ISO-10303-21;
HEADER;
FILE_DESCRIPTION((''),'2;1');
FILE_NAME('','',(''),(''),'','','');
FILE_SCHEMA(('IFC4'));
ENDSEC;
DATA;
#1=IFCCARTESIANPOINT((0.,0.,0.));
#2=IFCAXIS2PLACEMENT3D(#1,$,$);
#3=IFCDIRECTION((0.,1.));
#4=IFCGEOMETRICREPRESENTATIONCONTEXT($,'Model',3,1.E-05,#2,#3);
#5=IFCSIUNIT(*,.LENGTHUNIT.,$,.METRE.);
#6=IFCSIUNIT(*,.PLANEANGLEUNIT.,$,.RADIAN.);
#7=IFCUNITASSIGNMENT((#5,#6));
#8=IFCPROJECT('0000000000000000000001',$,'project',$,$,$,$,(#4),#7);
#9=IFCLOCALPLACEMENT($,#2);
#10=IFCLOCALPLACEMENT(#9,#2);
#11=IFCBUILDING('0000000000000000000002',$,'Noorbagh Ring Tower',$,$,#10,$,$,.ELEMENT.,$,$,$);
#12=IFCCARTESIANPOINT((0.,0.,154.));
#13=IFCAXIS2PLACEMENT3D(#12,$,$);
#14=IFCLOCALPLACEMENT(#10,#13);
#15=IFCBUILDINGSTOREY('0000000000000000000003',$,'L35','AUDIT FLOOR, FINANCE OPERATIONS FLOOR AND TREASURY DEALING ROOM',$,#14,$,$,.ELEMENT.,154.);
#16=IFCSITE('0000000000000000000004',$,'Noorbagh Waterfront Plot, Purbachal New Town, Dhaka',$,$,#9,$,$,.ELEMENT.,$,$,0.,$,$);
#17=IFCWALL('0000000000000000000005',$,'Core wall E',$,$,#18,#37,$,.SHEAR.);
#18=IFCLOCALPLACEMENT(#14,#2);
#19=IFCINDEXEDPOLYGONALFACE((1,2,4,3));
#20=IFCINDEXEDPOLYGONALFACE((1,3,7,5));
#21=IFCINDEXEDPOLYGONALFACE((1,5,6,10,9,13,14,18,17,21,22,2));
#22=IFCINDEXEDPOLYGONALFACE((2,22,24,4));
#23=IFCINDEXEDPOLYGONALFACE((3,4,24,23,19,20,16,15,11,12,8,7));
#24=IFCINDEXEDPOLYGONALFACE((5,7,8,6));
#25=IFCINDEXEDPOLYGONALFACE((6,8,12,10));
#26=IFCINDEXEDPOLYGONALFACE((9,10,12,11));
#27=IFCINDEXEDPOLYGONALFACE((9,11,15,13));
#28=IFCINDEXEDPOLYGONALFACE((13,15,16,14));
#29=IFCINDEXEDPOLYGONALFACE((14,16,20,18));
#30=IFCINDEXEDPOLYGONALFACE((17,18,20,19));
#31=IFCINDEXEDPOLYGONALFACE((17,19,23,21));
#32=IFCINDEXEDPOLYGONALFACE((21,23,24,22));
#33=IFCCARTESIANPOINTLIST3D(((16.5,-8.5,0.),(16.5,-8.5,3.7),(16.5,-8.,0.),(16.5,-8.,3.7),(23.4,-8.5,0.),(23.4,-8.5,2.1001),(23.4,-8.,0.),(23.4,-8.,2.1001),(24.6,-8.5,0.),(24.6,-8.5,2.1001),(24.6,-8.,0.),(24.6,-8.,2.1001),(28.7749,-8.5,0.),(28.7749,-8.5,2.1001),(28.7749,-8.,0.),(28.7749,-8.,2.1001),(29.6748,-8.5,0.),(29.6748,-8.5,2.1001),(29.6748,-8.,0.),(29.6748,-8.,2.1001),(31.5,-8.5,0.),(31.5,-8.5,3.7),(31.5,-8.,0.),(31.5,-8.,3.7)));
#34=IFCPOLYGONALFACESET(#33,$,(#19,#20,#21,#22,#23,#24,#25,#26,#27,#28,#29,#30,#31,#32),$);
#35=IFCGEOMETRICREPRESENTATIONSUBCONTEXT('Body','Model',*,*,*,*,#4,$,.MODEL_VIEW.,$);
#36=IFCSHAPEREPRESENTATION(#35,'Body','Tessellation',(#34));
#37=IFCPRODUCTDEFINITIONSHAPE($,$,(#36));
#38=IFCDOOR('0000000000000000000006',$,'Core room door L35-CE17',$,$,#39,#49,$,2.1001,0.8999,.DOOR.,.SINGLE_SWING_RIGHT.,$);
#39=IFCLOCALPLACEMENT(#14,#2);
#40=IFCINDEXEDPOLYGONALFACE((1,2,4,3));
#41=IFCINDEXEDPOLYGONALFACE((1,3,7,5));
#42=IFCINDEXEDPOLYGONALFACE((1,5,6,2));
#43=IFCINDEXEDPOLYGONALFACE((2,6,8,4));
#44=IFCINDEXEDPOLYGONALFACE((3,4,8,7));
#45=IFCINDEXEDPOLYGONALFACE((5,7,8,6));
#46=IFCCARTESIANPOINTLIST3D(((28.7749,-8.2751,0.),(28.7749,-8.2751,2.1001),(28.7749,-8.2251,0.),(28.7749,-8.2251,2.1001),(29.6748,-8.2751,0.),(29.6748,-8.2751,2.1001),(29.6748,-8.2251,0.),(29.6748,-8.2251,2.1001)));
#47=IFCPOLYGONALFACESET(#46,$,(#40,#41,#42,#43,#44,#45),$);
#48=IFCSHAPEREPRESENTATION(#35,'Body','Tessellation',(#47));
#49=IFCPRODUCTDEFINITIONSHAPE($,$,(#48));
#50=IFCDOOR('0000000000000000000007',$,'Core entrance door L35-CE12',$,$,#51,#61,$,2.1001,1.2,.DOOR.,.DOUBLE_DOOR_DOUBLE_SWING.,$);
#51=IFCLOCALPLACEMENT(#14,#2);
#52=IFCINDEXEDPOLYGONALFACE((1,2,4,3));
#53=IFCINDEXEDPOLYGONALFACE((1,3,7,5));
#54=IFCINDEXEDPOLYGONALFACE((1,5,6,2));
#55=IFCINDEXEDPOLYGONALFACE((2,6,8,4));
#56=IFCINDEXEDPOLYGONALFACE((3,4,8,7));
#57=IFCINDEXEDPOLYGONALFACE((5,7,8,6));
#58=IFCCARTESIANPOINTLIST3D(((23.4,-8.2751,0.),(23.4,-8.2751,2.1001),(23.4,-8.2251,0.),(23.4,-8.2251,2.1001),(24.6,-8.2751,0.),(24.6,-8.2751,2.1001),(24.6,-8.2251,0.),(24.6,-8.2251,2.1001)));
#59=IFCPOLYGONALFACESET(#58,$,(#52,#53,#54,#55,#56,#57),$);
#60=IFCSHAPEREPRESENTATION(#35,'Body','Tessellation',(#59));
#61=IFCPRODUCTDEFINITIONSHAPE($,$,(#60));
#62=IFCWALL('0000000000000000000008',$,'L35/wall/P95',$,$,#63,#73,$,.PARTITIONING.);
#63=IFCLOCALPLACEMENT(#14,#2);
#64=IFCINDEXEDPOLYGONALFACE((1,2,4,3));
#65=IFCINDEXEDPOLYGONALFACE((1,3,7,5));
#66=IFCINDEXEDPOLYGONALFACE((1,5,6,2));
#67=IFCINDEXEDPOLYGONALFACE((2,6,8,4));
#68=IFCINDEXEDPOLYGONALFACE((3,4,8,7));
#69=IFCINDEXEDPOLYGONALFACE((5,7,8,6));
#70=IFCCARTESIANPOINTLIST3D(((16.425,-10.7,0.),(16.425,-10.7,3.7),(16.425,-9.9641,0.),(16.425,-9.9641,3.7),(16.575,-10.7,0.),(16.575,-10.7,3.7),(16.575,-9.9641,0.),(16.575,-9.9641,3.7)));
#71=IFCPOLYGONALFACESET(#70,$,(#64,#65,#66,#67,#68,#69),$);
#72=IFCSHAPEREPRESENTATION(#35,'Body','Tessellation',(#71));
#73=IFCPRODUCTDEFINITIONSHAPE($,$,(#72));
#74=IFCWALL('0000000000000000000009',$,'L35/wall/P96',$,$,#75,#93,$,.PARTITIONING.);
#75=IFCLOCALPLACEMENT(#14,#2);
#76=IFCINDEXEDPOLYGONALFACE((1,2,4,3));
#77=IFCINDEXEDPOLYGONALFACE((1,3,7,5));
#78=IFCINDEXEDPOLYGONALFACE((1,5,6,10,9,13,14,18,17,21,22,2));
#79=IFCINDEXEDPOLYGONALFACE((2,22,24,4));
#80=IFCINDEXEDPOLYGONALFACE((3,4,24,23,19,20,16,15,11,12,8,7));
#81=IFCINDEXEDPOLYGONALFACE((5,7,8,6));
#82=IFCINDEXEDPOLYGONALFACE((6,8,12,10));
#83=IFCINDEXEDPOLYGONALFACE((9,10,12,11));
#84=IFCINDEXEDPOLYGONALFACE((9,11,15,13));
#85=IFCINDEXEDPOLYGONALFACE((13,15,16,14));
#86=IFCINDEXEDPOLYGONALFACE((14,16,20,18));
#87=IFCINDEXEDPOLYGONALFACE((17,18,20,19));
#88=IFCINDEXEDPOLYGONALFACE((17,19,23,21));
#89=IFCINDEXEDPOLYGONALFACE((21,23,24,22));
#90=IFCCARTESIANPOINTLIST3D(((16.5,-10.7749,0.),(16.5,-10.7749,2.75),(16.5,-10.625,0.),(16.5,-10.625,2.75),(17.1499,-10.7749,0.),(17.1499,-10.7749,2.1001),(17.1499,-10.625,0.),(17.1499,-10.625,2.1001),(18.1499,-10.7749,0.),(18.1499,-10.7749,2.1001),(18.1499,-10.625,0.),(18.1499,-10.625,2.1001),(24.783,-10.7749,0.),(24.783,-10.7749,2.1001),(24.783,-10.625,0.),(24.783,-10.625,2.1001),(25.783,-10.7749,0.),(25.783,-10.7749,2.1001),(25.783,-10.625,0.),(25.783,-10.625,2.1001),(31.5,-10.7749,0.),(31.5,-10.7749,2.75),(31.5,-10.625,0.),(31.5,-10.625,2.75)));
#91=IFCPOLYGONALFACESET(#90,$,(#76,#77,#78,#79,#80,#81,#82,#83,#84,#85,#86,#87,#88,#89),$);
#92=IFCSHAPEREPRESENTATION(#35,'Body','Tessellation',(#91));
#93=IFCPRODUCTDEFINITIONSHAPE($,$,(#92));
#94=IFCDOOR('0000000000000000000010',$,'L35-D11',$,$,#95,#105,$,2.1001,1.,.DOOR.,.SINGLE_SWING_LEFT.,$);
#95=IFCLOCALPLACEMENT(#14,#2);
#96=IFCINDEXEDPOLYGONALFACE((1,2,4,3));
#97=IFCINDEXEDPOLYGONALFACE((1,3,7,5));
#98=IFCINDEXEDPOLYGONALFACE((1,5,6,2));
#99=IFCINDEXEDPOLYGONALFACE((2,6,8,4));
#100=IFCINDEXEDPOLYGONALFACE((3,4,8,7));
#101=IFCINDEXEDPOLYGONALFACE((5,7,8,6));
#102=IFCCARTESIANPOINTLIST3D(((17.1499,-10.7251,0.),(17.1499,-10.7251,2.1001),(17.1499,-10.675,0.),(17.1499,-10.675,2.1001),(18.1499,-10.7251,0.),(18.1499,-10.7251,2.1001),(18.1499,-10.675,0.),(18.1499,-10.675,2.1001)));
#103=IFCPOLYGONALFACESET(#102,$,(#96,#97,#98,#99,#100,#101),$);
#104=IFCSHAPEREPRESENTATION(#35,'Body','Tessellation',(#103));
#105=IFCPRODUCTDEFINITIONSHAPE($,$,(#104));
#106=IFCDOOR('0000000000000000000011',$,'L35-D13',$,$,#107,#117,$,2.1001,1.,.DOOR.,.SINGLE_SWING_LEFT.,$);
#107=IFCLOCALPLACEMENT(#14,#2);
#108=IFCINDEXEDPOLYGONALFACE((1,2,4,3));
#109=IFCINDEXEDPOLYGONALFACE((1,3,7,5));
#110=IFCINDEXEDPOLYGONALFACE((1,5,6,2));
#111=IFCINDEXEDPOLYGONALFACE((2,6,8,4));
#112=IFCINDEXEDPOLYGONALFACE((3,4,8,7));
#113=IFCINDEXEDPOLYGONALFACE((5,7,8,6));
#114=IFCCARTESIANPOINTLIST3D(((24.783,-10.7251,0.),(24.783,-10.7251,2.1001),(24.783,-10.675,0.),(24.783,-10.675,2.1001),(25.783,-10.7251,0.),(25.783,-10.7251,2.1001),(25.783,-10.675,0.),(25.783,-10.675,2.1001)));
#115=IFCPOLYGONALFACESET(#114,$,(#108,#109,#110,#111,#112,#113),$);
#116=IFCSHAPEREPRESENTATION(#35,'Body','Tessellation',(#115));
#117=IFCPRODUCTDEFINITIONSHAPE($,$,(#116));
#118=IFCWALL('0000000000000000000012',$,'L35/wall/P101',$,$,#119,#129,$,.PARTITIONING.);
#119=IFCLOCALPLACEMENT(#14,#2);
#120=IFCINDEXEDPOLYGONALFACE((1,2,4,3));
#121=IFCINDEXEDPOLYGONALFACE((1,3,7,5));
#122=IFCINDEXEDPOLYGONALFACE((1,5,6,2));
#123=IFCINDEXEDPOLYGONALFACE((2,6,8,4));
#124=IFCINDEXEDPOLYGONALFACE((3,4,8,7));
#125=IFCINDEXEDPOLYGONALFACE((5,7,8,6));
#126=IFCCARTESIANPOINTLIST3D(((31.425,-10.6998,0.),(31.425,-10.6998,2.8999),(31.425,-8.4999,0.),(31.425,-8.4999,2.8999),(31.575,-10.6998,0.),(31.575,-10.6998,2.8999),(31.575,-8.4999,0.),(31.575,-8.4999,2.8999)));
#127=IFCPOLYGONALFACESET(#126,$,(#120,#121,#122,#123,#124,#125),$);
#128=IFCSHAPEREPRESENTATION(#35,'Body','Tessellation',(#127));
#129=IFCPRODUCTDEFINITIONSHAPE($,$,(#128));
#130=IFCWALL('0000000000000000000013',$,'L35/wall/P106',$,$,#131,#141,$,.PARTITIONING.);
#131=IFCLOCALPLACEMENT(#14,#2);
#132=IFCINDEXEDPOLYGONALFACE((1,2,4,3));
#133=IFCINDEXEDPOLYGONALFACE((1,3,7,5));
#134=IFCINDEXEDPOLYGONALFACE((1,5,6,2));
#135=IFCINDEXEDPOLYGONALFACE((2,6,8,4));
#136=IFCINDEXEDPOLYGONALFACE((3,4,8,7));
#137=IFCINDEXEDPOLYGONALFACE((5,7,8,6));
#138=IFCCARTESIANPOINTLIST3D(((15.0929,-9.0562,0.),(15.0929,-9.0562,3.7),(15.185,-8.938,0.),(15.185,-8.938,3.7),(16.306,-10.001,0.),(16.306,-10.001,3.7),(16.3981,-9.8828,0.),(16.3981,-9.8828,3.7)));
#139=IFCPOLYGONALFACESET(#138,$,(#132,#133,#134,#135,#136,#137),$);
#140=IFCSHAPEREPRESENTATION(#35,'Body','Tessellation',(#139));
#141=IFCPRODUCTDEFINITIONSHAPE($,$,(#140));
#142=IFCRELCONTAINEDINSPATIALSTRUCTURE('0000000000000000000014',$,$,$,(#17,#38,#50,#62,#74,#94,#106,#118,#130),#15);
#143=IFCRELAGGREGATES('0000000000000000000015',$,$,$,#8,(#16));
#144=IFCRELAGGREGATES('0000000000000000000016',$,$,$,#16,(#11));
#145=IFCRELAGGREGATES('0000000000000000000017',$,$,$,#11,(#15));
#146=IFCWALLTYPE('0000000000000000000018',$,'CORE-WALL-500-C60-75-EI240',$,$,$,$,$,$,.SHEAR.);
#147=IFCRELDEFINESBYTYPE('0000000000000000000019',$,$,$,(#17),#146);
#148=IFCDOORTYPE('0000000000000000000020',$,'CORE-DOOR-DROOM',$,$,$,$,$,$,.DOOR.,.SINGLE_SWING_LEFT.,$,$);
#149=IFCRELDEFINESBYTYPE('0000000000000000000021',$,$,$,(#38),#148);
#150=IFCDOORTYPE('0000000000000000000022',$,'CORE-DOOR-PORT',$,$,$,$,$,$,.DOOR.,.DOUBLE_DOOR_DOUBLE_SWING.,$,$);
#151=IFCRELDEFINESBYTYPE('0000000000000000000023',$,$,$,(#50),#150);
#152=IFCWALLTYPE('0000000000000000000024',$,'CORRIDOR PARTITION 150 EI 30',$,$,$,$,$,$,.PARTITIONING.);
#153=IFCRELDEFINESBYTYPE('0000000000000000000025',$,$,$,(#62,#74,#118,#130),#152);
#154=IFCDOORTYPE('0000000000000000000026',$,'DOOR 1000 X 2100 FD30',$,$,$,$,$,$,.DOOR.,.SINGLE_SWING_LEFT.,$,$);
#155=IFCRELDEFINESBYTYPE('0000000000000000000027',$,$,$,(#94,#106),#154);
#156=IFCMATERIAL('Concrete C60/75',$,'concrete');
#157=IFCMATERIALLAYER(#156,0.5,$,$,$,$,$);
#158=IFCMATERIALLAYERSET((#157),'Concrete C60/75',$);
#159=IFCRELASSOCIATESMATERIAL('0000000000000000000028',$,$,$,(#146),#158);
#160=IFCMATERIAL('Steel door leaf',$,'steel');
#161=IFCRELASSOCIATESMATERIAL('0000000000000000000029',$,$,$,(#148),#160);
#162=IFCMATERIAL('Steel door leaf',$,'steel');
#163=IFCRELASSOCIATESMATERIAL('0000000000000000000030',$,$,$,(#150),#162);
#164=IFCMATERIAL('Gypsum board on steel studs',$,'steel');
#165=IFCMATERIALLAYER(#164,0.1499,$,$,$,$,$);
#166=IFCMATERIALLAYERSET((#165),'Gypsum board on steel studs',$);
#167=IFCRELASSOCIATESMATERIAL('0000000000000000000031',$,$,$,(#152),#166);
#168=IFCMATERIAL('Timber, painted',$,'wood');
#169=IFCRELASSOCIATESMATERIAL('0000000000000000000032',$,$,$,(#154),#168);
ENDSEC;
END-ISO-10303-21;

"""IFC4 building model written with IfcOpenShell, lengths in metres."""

from ifc_helpers import new_model, si_unit, direction, frame, frame_2d, origin, place, context, subcontext, project, spatial, rectangle, extrude, material, layer, layer_set, type_object, element, fill, save


model = new_model("IFC4")

# Units and contexts
model_context = context("Model", 3, precision=1e-05, world=origin(), true_north=direction((0.0, 1.0)))
body_context = subcontext(model_context, "Body", "Model", "MODEL_VIEW")
ifc_project = project(units=[si_unit("LENGTHUNIT", "METRE"), si_unit("PLANEANGLEUNIT", "RADIAN")], contexts=[model_context])

# Site, building, storey
site_placement = place(None, origin())
site = spatial("IfcSite", under=ifc_project, at=site_placement, Name="Noorbagh Waterfront Plot, Purbachal New Town, Dhaka", CompositionType="ELEMENT", RefElevation=0.0)
building_placement = place(site_placement, origin())
building = spatial("IfcBuilding", under=site, at=building_placement, Name="Noorbagh Ring Tower", CompositionType="ELEMENT")
storey_placement = place(building_placement, frame((0.0, 0.0, 154.0)))
storey = spatial("IfcBuildingStorey", under=building, at=storey_placement, Name="L35", Description="AUDIT FLOOR, FINANCE OPERATIONS FLOOR AND TREASURY DEALING ROOM", CompositionType="ELEMENT", Elevation=154.0)

# Wall, openings, doors
ifc_material_1 = material(Name="Concrete C60/75", Category="concrete")
ifc_layer_1 = layer(ifc_material_1, 0.5)
ifc_layer_set_1 = layer_set([ifc_layer_1], Name="Concrete C60/75")
wall_type_1 = type_object("IfcWallType", Name="CORE-WALL-500-C60-75-EI240", PredefinedType="SHEAR", material=ifc_layer_set_1)
wall_1_placement = place(storey_placement, frame((16.5, -8.25, 0.0), z_axis=(0.0, 0.0, 1.0), x_axis=(1.0, 0.0, 0.0)))
wall_1 = element("IfcWall", 1, at=wall_1_placement, inside=storey, type_object=wall_type_1, Name="Core wall E", PredefinedType="SHEAR", context=body_context, shape_type="SweptSolid", body=[
    extrude(rectangle(XDim=15.0, YDim=0.5, at=frame_2d((7.5, 0.0))), origin(), (0.0, 0.0, 1.0), 3.7),
])
opening_1_placement = place(wall_1_placement, frame((6.8999, 0.0, 0.0)))
opening_1 = element("IfcOpeningElement", 2, at=opening_1_placement, cuts=wall_1, PredefinedType="OPENING", context=body_context, shape_type="SweptSolid", body=[
    extrude(rectangle(XDim=1.2, YDim=2.1001, at=frame_2d((0.6001, 1.05))), frame((0.0, 0.26, 0.0), z_axis=(0.0, -1.0, 0.0), x_axis=(1.0, 0.0, 0.0)), (0.0, 0.0, 1.0), 0.52),
])
opening_2_placement = place(wall_1_placement, frame((12.2749, 0.0, 0.0)))
opening_2 = element("IfcOpeningElement", 3, at=opening_2_placement, cuts=wall_1, PredefinedType="OPENING", context=body_context, shape_type="SweptSolid", body=[
    extrude(rectangle(XDim=0.8999, YDim=2.1001, at=frame_2d((0.45, 1.05))), frame((0.0, 0.26, 0.0), z_axis=(0.0, -1.0, 0.0), x_axis=(1.0, 0.0, 0.0)), (0.0, 0.0, 1.0), 0.52),
])
ifc_material_2 = material(Name="Steel door leaf", Category="steel")
door_type_1 = type_object("IfcDoorType", Name="CORE-DOOR-DROOM", OperationType="SINGLE_SWING_LEFT", PredefinedType="DOOR", material=ifc_material_2)
door_1_placement = place(opening_2_placement, origin())
door_1 = element("IfcDoor", 4, at=door_1_placement, inside=storey, type_object=door_type_1, Name="Core room door L35-CE17", OperationType="SINGLE_SWING_RIGHT", OverallHeight=2.1001, OverallWidth=0.8999, PredefinedType="DOOR", context=body_context, shape_type="SweptSolid", body=[
    extrude(rectangle(XDim=0.8999, YDim=2.1001, at=frame_2d((0.45, 1.05))), frame((0.0, 0.0249, 0.0), z_axis=(0.0, -1.0, 0.0), x_axis=(1.0, 0.0, 0.0)), (0.0, 0.0, 1.0), 0.05),
])
fill(opening_2, door_1)
ifc_material_3 = material(Name="Steel door leaf", Category="steel")
door_type_2 = type_object("IfcDoorType", Name="CORE-DOOR-PORT", OperationType="DOUBLE_DOOR_DOUBLE_SWING", PredefinedType="DOOR", material=ifc_material_3)
door_2_placement = place(opening_1_placement, origin())
door_2 = element("IfcDoor", 5, at=door_2_placement, inside=storey, type_object=door_type_2, Name="Core entrance door L35-CE12", OperationType="DOUBLE_DOOR_DOUBLE_SWING", OverallHeight=2.1001, OverallWidth=1.2, PredefinedType="DOOR", context=body_context, shape_type="SweptSolid", body=[
    extrude(rectangle(XDim=1.2, YDim=2.1001, at=frame_2d((0.6001, 1.05))), frame((0.0, 0.0249, 0.0), z_axis=(0.0, -1.0, 0.0), x_axis=(1.0, 0.0, 0.0)), (0.0, 0.0, 1.0), 0.05),
])
fill(opening_1, door_2)

# Wall
ifc_material_4 = material(Name="Gypsum board on steel studs", Category="steel")
ifc_layer_2 = layer(ifc_material_4, 0.1499)
ifc_layer_set_2 = layer_set([ifc_layer_2], Name="Gypsum board on steel studs")
wall_type_2 = type_object("IfcWallType", Name="CORRIDOR PARTITION 150 EI 30", PredefinedType="PARTITIONING", material=ifc_layer_set_2)
wall_2_placement = place(storey_placement, frame((16.5, -10.7, 0.0), z_axis=(0.0, 0.0, 1.0), x_axis=(0.0, 1.0, 0.0)))
element("IfcWall", 6, at=wall_2_placement, inside=storey, type_object=wall_type_2, Name="L35/wall/P95", PredefinedType="PARTITIONING", context=body_context, shape_type="SweptSolid", body=[
    extrude(rectangle(XDim=0.7358, YDim=0.1499, at=frame_2d((0.3679, 0.0))), origin(), (0.0, 0.0, 1.0), 3.7),
])

# Wall, openings, doors
wall_3_placement = place(storey_placement, frame((16.5, -10.7, 0.0), z_axis=(0.0, 0.0, 1.0), x_axis=(1.0, 0.0, 0.0)))
wall_3 = element("IfcWall", 7, at=wall_3_placement, inside=storey, type_object=wall_type_2, Name="L35/wall/P96", PredefinedType="PARTITIONING", context=body_context, shape_type="SweptSolid", body=[
    extrude(rectangle(XDim=15.0, YDim=0.1499, at=frame_2d((7.5, 0.0))), origin(), (0.0, 0.0, 1.0), 2.75),
])
opening_3_placement = place(wall_3_placement, frame((0.6499, 0.0, 0.0)))
opening_3 = element("IfcOpeningElement", 8, at=opening_3_placement, cuts=wall_3, PredefinedType="OPENING", context=body_context, shape_type="SweptSolid", body=[
    extrude(rectangle(XDim=1.0, YDim=2.1001, at=frame_2d((0.5, 1.05))), frame((0.0, 0.085, 0.0), z_axis=(0.0, -1.0, 0.0), x_axis=(1.0, 0.0, 0.0)), (0.0, 0.0, 1.0), 0.1699),
])
opening_4_placement = place(wall_3_placement, frame((8.283, 0.0, 0.0)))
opening_4 = element("IfcOpeningElement", 9, at=opening_4_placement, cuts=wall_3, PredefinedType="OPENING", context=body_context, shape_type="SweptSolid", body=[
    extrude(rectangle(XDim=1.0, YDim=2.1001, at=frame_2d((0.5, 1.05))), frame((0.0, 0.085, 0.0), z_axis=(0.0, -1.0, 0.0), x_axis=(1.0, 0.0, 0.0)), (0.0, 0.0, 1.0), 0.1699),
])
ifc_material_5 = material(Name="Timber, painted", Category="wood")
door_type_3 = type_object("IfcDoorType", Name="DOOR 1000 X 2100 FD30", OperationType="SINGLE_SWING_LEFT", PredefinedType="DOOR", material=ifc_material_5)
door_3_placement = place(opening_3_placement, origin())
door_3 = element("IfcDoor", 10, at=door_3_placement, inside=storey, type_object=door_type_3, Name="L35-D11", OperationType="SINGLE_SWING_LEFT", OverallHeight=2.1001, OverallWidth=1.0, PredefinedType="DOOR", context=body_context, shape_type="SweptSolid", body=[
    extrude(rectangle(XDim=1.0, YDim=2.1001, at=frame_2d((0.5, 1.05))), frame((0.0, 0.0249, 0.0), z_axis=(0.0, -1.0, 0.0), x_axis=(1.0, 0.0, 0.0)), (0.0, 0.0, 1.0), 0.05),
])
fill(opening_3, door_3)
door_4_placement = place(opening_4_placement, origin())
door_4 = element("IfcDoor", 11, at=door_4_placement, inside=storey, type_object=door_type_3, Name="L35-D13", OperationType="SINGLE_SWING_LEFT", OverallHeight=2.1001, OverallWidth=1.0, PredefinedType="DOOR", context=body_context, shape_type="SweptSolid", body=[
    extrude(rectangle(XDim=1.0, YDim=2.1001, at=frame_2d((0.5, 1.05))), frame((0.0, 0.0249, 0.0), z_axis=(0.0, -1.0, 0.0), x_axis=(1.0, 0.0, 0.0)), (0.0, 0.0, 1.0), 0.05),
])
fill(opening_4, door_4)

# Walls
wall_4_placement = place(storey_placement, frame((31.5, -10.7, 0.0), z_axis=(0.0, 0.0, 1.0), x_axis=(0.0, 1.0, 0.0)))
element("IfcWall", 12, at=wall_4_placement, inside=storey, type_object=wall_type_2, Name="L35/wall/P101", PredefinedType="PARTITIONING", context=body_context, shape_type="SweptSolid", body=[
    extrude(rectangle(XDim=2.2, YDim=0.1499, at=frame_2d((1.1001, 0.0))), origin(), (0.0, 0.0, 1.0), 2.8999),
])
wall_5_placement = place(storey_placement, frame((16.3521, -9.9419, 0.0), z_axis=(0.0, 0.0, 1.0), x_axis=(-0.78895, 0.614457, 0.0)))
element("IfcWall", 13, at=wall_5_placement, inside=storey, type_object=wall_type_2, Name="L35/wall/P106", PredefinedType="PARTITIONING", context=body_context, shape_type="SweptSolid", body=[
    extrude(rectangle(XDim=1.5376, YDim=0.1499, at=frame_2d((0.7688, 0.0))), origin(), (0.0, 0.0, 1.0), 3.7),
])

save(model, "model.ifc")
